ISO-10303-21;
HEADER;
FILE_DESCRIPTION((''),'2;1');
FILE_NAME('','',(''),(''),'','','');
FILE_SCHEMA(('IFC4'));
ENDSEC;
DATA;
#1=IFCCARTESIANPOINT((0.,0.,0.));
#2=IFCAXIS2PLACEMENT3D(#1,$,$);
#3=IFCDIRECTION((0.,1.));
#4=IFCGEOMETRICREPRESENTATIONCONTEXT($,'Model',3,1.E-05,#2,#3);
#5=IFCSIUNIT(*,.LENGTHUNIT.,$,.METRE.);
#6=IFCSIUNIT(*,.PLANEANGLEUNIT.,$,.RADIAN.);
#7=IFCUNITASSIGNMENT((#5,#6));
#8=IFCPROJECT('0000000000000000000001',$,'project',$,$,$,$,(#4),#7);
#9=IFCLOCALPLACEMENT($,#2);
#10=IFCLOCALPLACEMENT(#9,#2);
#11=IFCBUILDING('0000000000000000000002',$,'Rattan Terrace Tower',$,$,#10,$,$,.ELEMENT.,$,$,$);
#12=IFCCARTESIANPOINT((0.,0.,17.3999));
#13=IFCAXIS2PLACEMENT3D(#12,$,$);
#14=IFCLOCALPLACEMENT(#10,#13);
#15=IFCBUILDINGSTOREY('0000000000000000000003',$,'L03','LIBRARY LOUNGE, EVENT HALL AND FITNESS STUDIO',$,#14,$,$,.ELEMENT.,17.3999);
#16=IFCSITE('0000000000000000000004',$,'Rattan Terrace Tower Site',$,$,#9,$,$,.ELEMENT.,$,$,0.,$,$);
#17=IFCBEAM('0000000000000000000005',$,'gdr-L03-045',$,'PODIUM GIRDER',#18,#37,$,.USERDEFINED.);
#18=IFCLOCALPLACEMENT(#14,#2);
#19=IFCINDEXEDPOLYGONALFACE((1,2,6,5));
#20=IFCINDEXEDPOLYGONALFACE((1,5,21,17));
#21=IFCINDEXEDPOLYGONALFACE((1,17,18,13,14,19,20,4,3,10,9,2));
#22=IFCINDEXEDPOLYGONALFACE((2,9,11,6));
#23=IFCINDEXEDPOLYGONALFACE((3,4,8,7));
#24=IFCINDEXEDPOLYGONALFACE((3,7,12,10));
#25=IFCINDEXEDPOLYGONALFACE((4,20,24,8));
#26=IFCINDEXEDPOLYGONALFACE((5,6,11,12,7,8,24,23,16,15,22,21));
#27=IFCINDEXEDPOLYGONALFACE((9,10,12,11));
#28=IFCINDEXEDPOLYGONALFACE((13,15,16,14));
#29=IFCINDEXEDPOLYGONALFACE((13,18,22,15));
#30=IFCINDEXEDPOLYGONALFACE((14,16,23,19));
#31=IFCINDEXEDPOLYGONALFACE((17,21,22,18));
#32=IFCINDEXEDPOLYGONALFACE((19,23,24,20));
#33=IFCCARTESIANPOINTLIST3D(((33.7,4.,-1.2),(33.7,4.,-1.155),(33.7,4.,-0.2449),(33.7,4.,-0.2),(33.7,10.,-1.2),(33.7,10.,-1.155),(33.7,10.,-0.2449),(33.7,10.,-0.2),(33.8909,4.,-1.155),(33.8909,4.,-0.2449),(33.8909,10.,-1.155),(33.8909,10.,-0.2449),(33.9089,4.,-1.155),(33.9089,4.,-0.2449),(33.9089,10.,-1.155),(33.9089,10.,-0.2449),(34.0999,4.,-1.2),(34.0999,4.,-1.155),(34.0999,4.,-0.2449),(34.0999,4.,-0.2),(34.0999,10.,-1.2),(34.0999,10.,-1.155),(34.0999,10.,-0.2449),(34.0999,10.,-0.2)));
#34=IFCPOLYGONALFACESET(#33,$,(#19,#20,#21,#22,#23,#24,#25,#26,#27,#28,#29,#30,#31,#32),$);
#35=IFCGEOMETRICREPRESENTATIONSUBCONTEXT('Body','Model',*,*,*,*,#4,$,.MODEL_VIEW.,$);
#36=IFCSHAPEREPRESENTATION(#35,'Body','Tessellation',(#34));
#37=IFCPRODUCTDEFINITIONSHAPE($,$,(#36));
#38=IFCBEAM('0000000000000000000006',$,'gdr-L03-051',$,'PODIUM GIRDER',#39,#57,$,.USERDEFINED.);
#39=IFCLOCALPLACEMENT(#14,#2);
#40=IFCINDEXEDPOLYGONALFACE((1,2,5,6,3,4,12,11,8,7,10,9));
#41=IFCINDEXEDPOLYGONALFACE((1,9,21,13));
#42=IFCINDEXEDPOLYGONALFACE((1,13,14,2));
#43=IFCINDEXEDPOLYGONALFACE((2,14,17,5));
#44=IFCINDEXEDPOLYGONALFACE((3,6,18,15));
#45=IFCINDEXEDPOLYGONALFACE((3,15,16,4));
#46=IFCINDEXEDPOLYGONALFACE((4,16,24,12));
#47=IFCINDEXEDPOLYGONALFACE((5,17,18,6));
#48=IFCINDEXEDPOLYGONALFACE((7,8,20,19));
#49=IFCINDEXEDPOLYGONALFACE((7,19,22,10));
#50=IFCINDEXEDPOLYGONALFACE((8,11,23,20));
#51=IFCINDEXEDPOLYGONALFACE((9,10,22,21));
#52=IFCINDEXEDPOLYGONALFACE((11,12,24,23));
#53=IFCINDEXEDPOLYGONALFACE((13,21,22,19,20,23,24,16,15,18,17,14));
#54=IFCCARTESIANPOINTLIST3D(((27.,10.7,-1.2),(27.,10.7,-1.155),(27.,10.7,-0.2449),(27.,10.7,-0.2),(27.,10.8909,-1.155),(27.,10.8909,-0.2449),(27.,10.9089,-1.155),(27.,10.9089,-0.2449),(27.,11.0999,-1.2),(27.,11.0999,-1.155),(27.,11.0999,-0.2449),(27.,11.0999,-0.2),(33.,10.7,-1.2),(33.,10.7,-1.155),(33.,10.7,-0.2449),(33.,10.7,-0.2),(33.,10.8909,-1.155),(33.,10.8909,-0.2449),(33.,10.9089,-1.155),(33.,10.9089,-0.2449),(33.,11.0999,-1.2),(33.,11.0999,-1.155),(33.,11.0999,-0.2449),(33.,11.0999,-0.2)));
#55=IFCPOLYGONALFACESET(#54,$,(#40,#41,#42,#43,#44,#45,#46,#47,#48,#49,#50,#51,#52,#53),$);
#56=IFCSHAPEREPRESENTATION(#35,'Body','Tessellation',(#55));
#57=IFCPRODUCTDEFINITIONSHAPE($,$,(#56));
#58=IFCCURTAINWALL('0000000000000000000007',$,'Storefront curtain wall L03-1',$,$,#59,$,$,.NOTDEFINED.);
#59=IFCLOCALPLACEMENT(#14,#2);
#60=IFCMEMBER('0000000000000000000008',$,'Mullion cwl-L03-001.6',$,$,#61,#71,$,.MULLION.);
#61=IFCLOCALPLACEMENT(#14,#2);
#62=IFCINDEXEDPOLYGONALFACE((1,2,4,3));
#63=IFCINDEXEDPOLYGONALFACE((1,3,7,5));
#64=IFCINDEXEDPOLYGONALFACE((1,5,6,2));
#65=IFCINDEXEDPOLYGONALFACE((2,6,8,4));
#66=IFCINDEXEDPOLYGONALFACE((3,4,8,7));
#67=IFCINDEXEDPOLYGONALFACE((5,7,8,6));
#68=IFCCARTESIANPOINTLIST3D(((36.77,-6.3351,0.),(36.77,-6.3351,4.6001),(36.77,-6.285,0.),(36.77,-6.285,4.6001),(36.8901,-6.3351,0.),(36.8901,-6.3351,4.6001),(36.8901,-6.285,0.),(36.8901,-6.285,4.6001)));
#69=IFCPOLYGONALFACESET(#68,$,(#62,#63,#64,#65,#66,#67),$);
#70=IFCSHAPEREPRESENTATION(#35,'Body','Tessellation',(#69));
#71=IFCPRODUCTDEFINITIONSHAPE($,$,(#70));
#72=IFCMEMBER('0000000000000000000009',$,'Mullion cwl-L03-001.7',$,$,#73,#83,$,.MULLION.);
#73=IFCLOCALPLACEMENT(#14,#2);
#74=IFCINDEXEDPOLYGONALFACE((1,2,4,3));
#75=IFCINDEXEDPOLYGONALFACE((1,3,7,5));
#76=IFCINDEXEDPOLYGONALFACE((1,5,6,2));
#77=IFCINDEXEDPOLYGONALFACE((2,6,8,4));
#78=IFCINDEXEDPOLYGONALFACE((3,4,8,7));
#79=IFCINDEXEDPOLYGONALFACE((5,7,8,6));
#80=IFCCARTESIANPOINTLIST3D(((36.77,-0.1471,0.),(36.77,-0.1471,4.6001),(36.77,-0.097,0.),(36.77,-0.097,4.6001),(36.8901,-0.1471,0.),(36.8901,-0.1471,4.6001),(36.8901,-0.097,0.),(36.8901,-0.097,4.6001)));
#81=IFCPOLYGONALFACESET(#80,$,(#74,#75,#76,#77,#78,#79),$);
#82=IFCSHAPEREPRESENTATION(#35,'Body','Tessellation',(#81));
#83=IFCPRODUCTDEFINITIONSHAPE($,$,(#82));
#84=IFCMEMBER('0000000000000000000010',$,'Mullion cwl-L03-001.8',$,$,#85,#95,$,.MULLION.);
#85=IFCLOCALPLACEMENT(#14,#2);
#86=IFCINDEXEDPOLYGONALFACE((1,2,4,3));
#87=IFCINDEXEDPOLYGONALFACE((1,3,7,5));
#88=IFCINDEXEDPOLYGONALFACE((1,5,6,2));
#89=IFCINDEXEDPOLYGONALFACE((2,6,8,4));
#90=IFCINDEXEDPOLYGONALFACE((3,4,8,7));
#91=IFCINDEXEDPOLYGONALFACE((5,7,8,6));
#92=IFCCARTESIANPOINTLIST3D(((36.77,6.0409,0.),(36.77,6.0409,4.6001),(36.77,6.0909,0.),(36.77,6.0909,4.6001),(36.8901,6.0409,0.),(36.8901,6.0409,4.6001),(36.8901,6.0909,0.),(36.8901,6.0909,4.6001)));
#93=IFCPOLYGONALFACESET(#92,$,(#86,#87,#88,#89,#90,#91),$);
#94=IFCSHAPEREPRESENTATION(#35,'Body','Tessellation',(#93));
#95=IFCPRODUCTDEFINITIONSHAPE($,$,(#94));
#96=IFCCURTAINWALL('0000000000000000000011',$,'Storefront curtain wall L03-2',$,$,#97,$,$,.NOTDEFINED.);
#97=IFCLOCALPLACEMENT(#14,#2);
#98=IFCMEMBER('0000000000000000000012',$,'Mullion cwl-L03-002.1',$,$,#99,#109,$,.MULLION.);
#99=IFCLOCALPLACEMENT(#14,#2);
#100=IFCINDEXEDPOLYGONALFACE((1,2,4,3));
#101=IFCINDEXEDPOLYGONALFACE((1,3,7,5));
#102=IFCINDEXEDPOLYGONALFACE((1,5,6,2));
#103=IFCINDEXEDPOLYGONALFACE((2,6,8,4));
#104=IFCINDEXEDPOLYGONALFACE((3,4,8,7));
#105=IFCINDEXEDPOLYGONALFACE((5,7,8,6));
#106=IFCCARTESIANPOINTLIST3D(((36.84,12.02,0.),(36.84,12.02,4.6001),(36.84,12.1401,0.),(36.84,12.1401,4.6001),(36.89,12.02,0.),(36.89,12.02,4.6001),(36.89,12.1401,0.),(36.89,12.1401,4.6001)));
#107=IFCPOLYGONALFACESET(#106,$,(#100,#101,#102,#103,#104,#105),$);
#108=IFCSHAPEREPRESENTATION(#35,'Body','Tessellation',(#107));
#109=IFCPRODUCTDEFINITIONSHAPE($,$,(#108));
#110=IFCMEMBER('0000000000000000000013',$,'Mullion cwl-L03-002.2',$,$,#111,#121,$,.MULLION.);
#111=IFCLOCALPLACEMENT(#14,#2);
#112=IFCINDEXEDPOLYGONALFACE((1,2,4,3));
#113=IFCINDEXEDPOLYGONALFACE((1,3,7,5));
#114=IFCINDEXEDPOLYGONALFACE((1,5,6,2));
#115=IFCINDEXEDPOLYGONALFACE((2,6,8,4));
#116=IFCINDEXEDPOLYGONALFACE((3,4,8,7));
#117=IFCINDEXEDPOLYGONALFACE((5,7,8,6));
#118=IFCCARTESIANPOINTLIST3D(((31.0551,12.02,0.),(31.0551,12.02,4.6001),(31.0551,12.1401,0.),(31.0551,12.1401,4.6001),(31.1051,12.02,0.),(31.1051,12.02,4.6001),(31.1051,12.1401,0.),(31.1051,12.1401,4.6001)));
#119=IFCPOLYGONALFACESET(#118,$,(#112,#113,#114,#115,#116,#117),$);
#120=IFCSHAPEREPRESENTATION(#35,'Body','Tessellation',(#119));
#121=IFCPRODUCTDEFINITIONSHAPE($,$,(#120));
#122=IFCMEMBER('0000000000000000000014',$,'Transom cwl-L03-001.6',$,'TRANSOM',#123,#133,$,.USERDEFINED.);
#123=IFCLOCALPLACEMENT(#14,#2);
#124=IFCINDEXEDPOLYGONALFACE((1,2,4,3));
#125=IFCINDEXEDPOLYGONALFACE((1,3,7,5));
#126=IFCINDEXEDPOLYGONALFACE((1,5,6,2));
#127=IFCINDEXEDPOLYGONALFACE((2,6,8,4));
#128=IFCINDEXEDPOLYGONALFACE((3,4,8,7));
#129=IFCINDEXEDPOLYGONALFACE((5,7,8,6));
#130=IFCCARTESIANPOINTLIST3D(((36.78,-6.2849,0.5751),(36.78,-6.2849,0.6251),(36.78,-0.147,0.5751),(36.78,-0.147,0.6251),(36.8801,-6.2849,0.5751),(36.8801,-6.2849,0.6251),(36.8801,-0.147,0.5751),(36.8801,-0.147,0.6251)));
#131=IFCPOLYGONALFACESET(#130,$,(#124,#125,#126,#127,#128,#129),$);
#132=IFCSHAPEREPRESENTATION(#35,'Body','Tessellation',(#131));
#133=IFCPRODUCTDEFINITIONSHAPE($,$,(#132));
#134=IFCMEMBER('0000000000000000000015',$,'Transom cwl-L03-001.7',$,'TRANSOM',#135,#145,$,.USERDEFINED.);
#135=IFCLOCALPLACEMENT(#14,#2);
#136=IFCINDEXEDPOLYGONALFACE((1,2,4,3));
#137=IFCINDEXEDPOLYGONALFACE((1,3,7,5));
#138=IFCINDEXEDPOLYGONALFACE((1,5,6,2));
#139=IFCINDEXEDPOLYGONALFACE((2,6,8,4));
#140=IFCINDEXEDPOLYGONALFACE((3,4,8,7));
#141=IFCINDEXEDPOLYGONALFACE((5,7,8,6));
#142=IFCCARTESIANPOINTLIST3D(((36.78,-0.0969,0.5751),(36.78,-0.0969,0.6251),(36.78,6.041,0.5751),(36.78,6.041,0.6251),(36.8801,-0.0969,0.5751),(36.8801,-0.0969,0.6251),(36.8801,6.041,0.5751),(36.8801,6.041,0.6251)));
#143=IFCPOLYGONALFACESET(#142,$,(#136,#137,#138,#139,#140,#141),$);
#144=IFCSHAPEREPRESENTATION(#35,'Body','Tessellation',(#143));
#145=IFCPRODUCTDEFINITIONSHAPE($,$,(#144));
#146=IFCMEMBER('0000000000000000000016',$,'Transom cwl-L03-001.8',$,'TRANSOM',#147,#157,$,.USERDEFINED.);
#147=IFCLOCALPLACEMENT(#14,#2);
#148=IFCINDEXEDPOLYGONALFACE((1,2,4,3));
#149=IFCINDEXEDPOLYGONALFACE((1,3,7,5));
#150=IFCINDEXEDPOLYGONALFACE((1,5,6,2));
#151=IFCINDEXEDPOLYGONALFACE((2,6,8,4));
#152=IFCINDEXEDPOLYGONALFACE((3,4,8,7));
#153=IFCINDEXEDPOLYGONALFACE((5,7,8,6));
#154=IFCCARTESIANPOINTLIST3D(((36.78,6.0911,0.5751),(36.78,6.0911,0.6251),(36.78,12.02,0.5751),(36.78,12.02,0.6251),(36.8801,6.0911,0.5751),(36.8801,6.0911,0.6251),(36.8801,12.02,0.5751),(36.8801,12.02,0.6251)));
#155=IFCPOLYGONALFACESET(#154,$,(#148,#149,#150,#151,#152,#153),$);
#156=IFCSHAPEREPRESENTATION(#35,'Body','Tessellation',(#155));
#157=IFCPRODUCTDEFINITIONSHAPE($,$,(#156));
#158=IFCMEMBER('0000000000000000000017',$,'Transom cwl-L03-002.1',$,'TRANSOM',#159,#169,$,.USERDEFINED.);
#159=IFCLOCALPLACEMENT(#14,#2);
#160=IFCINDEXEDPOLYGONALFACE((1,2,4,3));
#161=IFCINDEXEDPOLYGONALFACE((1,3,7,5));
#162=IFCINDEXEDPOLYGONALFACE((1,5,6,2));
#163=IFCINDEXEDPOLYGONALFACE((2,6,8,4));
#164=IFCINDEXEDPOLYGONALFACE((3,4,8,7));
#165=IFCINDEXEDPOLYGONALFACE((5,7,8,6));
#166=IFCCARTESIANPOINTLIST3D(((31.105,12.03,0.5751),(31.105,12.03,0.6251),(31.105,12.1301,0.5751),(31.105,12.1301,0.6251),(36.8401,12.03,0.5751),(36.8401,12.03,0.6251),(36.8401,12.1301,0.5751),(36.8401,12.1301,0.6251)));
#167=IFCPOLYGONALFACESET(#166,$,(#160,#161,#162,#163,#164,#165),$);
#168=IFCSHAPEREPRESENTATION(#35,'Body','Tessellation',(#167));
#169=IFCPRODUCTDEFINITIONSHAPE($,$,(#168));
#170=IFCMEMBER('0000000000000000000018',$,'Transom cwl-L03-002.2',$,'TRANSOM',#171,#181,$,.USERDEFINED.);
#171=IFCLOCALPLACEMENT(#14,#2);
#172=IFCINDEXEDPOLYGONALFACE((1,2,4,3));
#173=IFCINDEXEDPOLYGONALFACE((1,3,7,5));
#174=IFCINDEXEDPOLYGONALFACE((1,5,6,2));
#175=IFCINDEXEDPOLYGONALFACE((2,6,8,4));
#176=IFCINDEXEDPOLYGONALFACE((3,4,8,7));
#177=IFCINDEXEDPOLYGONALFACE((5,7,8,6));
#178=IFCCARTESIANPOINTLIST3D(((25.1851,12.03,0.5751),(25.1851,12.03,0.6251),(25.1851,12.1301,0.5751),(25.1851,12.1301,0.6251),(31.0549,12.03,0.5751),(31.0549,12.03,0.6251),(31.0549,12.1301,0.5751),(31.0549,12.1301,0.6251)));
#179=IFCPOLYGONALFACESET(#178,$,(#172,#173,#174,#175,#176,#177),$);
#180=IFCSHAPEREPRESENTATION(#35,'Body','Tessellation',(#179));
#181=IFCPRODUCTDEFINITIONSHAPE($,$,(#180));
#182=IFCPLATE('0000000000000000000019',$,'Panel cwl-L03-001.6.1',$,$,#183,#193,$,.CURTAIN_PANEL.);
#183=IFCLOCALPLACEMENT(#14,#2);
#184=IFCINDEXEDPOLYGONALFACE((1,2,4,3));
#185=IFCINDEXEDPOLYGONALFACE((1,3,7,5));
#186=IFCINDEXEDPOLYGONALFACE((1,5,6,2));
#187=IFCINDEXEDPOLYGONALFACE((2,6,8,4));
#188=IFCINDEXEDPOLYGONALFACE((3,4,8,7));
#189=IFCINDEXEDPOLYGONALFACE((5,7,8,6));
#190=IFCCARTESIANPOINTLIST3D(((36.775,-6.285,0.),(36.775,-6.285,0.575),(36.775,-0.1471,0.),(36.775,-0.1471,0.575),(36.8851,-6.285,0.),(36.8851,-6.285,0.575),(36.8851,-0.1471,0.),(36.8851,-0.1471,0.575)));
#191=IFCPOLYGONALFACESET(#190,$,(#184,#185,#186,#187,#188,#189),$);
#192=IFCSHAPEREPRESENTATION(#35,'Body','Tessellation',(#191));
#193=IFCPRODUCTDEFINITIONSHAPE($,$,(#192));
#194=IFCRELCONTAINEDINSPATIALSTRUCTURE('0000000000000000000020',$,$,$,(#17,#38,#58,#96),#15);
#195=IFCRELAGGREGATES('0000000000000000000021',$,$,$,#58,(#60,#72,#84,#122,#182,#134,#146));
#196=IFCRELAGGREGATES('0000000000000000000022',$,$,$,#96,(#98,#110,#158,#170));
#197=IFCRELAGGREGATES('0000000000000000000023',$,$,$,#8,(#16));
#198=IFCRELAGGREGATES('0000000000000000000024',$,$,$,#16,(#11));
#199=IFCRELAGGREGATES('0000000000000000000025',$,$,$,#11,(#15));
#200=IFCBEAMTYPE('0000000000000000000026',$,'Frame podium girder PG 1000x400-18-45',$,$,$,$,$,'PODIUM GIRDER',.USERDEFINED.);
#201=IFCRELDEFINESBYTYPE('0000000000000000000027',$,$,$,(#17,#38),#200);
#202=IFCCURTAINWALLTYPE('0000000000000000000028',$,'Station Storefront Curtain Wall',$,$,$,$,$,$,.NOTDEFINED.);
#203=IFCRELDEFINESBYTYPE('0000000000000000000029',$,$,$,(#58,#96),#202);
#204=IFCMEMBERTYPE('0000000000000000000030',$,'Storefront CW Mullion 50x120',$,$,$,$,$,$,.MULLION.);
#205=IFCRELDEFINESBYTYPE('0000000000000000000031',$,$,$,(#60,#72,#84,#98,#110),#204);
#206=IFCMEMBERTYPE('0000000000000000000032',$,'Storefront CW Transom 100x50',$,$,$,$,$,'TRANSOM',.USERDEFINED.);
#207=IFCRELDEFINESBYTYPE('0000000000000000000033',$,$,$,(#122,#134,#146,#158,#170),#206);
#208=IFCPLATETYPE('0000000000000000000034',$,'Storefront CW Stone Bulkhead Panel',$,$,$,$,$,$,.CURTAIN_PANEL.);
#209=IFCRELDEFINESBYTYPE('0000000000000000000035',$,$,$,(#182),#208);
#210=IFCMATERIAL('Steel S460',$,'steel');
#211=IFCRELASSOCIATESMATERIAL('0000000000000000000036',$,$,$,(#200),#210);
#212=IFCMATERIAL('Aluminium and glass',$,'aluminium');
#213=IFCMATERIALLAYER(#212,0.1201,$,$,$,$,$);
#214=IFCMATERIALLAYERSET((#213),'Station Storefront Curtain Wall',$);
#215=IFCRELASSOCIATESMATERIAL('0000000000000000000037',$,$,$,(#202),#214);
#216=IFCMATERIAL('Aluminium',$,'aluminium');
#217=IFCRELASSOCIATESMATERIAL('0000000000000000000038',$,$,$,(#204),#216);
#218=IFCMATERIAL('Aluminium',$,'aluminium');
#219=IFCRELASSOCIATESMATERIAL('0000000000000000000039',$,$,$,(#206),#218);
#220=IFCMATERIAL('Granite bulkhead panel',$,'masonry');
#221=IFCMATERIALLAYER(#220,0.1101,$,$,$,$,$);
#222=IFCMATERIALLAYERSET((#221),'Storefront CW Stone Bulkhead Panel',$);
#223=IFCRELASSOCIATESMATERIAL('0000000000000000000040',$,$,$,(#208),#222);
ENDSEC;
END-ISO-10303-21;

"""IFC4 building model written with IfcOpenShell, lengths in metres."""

from ifc_helpers import new_model, si_unit, direction, frame, origin, origin_2d, place, context, subcontext, project, spatial, rectangle, i_section, extrude, material, layer, layer_set, material_profile, profile_set, type_object, element, aggregate, save


model = new_model("IFC4")

# Units and contexts
model_context = context("Model", 3, precision=1e-05, world=origin(), true_north=direction((0.0, 1.0)))
body_context = subcontext(model_context, "Body", "Model", "MODEL_VIEW")
ifc_project = project(units=[si_unit("LENGTHUNIT", "METRE"), si_unit("PLANEANGLEUNIT", "RADIAN")], contexts=[model_context])

# Site, building, storey
site_placement = place(None, origin())
site = spatial("IfcSite", under=ifc_project, at=site_placement, Name="Rattan Terrace Tower Site", CompositionType="ELEMENT", RefElevation=0.0)
building_placement = place(site_placement, origin())
building = spatial("IfcBuilding", under=site, at=building_placement, Name="Rattan Terrace Tower", CompositionType="ELEMENT")
storey_placement = place(building_placement, frame((0.0, 0.0, 17.3999)))
storey = spatial("IfcBuildingStorey", under=building, at=storey_placement, Name="L03", Description="LIBRARY LOUNGE, EVENT HALL AND FITNESS STUDIO", CompositionType="ELEMENT", Elevation=17.3999)

# Beams
ifc_material_1 = material(Name="Steel S460", Category="steel")
ifc_material_profile_1 = material_profile(ifc_material_1, i_section(OverallWidth=0.3999, OverallDepth=1.0, WebThickness=0.0181, FlangeThickness=0.0449, at=origin_2d()), Name="PG 1000x400-18-45")
ifc_profile_set_1 = profile_set([ifc_material_profile_1], Name="Steel S460")
beam_type_1 = type_object("IfcBeamType", Name="Frame podium girder PG 1000x400-18-45", ElementType="PODIUM GIRDER", PredefinedType="USERDEFINED", material=ifc_profile_set_1)
for number, where, z_axis, x_axis, name in (
    (1, (33.8999, 4.0, -0.7), (0.0, 1.0, 0.0), (-1.0, 0.0, 0.0), "gdr-L03-045"),
    (2, (27.0, 10.8999, -0.7), (1.0, 0.0, 0.0), (0.0, 1.0, 0.0), "gdr-L03-051"),
):
    element("IfcBeam", number, at=place(storey_placement, frame(where, z_axis=z_axis, x_axis=x_axis)), inside=storey, type_object=beam_type_1, Name=name, ObjectType="PODIUM GIRDER", PredefinedType="USERDEFINED", context=body_context, shape_type="SweptSolid", body=[
        extrude(i_section(OverallWidth=0.3999, OverallDepth=1.0, WebThickness=0.0181, FlangeThickness=0.0449, at=origin_2d()), origin(), (0.0, 0.0, 1.0), 6.0),
    ])

# Curtain walls, members
ifc_material_2 = material(Name="Aluminium and glass", Category="aluminium")
ifc_layer_1 = layer(ifc_material_2, 0.1201)
ifc_layer_set_1 = layer_set([ifc_layer_1], Name="Station Storefront Curtain Wall")
curtain_wall_type = type_object("IfcCurtainWallType", Name="Station Storefront Curtain Wall", PredefinedType="NOTDEFINED", material=ifc_layer_set_1)
curtain_wall_1_placement = place(storey_placement, origin())
curtain_wall_1 = element("IfcCurtainWall", 3, at=curtain_wall_1_placement, inside=storey, type_object=curtain_wall_type, Name="Storefront curtain wall L03-1", PredefinedType="NOTDEFINED")
ifc_material_3 = material(Name="Aluminium", Category="aluminium")
ifc_material_profile_2 = material_profile(ifc_material_3, rectangle(XDim=0.05, YDim=0.1201, at=origin_2d()), Name="Aluminium 50x120")
ifc_profile_set_2 = profile_set([ifc_material_profile_2], Name="Aluminium")
member_type_1 = type_object("IfcMemberType", Name="Storefront CW Mullion 50x120", PredefinedType="MULLION", material=ifc_profile_set_2)
member_1_placement = place(storey_placement, frame((36.8301, -6.3101, 0.0), z_axis=(0.0, 0.0, 1.0), x_axis=(0.0, 1.0, 0.0)))
member_1 = element("IfcMember", 4, at=member_1_placement, type_object=member_type_1, Name="Mullion cwl-L03-001.6", PredefinedType="MULLION", context=body_context, shape_type="SweptSolid", body=[
    extrude(rectangle(XDim=0.05, YDim=0.1201, at=origin_2d()), origin(), (0.0, 0.0, 1.0), 4.6001),
])
member_2_placement = place(storey_placement, frame((36.8301, -0.1221, 0.0), z_axis=(0.0, 0.0, 1.0), x_axis=(0.0, 1.0, 0.0)))
member_2 = element("IfcMember", 5, at=member_2_placement, type_object=member_type_1, Name="Mullion cwl-L03-001.7", PredefinedType="MULLION", context=body_context, shape_type="SweptSolid", body=[
    extrude(rectangle(XDim=0.05, YDim=0.1201, at=origin_2d()), origin(), (0.0, 0.0, 1.0), 4.6001),
])
member_3_placement = place(storey_placement, frame((36.8301, 6.0659, 0.0), z_axis=(0.0, 0.0, 1.0), x_axis=(0.0, 1.0, 0.0)))
member_3 = element("IfcMember", 6, at=member_3_placement, type_object=member_type_1, Name="Mullion cwl-L03-001.8", PredefinedType="MULLION", context=body_context, shape_type="SweptSolid", body=[
    extrude(rectangle(XDim=0.05, YDim=0.1201, at=origin_2d()), origin(), (0.0, 0.0, 1.0), 4.6001),
])
curtain_wall_2_placement = place(storey_placement, origin())
curtain_wall_2 = element("IfcCurtainWall", 7, at=curtain_wall_2_placement, inside=storey, type_object=curtain_wall_type, Name="Storefront curtain wall L03-2", PredefinedType="NOTDEFINED")
member_4_placement = place(storey_placement, frame((36.865, 12.0801, 0.0), z_axis=(0.0, 0.0, 1.0), x_axis=(-1.0, 0.0, 0.0)))
member_4 = element("IfcMember", 8, at=member_4_placement, type_object=member_type_1, Name="Mullion cwl-L03-002.1", PredefinedType="MULLION", context=body_context, shape_type="SweptSolid", body=[
    extrude(rectangle(XDim=0.05, YDim=0.1201, at=origin_2d()), origin(), (0.0, 0.0, 1.0), 4.6001),
])
member_5_placement = place(storey_placement, frame((31.0801, 12.0801, 0.0), z_axis=(0.0, 0.0, 1.0), x_axis=(-1.0, 0.0, 0.0)))
member_5 = element("IfcMember", 9, at=member_5_placement, type_object=member_type_1, Name="Mullion cwl-L03-002.2", PredefinedType="MULLION", context=body_context, shape_type="SweptSolid", body=[
    extrude(rectangle(XDim=0.05, YDim=0.1201, at=origin_2d()), origin(), (0.0, 0.0, 1.0), 4.6001),
])

# Members
ifc_material_4 = material(Name="Aluminium", Category="aluminium")
ifc_material_profile_3 = material_profile(ifc_material_4, rectangle(XDim=0.1001, YDim=0.05, at=origin_2d()), Name="Aluminium 100x50")
ifc_profile_set_3 = profile_set([ifc_material_profile_3], Name="Aluminium")
member_type_2 = type_object("IfcMemberType", Name="Storefront CW Transom 100x50", ElementType="TRANSOM", PredefinedType="USERDEFINED", material=ifc_profile_set_3)
member_6_placement = place(storey_placement, frame((36.8301, -6.2849, 0.6001), z_axis=(0.0, 1.0, 0.0), x_axis=(-1.0, 0.0, 0.0)))
member_6 = element("IfcMember", 10, at=member_6_placement, type_object=member_type_2, Name="Transom cwl-L03-001.6", ObjectType="TRANSOM", PredefinedType="USERDEFINED", context=body_context, shape_type="SweptSolid", body=[
    extrude(rectangle(XDim=0.1001, YDim=0.05, at=origin_2d()), origin(), (0.0, 0.0, 1.0), 6.1379),
])
member_7_placement = place(storey_placement, frame((36.8301, -0.0969, 0.6001), z_axis=(0.0, 1.0, 0.0), x_axis=(-1.0, 0.0, 0.0)))
member_7 = element("IfcMember", 11, at=member_7_placement, type_object=member_type_2, Name="Transom cwl-L03-001.7", ObjectType="TRANSOM", PredefinedType="USERDEFINED", context=body_context, shape_type="SweptSolid", body=[
    extrude(rectangle(XDim=0.1001, YDim=0.05, at=origin_2d()), origin(), (0.0, 0.0, 1.0), 6.1379),
])
member_8_placement = place(storey_placement, frame((36.8301, 6.0911, 0.6001), z_axis=(0.0, 1.0, 0.0), x_axis=(-1.0, 0.0, 0.0)))
member_8 = element("IfcMember", 12, at=member_8_placement, type_object=member_type_2, Name="Transom cwl-L03-001.8", ObjectType="TRANSOM", PredefinedType="USERDEFINED", context=body_context, shape_type="SweptSolid", body=[
    extrude(rectangle(XDim=0.1001, YDim=0.05, at=origin_2d()), origin(), (0.0, 0.0, 1.0), 5.929),
])
member_9_placement = place(storey_placement, frame((36.8401, 12.0801, 0.6001), z_axis=(-1.0, 0.0, 0.0), x_axis=(0.0, -1.0, 0.0)))
member_9 = element("IfcMember", 13, at=member_9_placement, type_object=member_type_2, Name="Transom cwl-L03-002.1", ObjectType="TRANSOM", PredefinedType="USERDEFINED", context=body_context, shape_type="SweptSolid", body=[
    extrude(rectangle(XDim=0.1001, YDim=0.05, at=origin_2d()), origin(), (0.0, 0.0, 1.0), 5.7351),
])
member_10_placement = place(storey_placement, frame((31.0549, 12.0801, 0.6001), z_axis=(-1.0, 0.0, 0.0), x_axis=(0.0, -1.0, 0.0)))
member_10 = element("IfcMember", 14, at=member_10_placement, type_object=member_type_2, Name="Transom cwl-L03-002.2", ObjectType="TRANSOM", PredefinedType="USERDEFINED", context=body_context, shape_type="SweptSolid", body=[
    extrude(rectangle(XDim=0.1001, YDim=0.05, at=origin_2d()), origin(), (0.0, 0.0, 1.0), 5.8699),
])

# Plate
ifc_material_5 = material(Name="Granite bulkhead panel", Category="masonry")
ifc_layer_2 = layer(ifc_material_5, 0.1101)
ifc_layer_set_2 = layer_set([ifc_layer_2], Name="Storefront CW Stone Bulkhead Panel")
plate_type_1 = type_object("IfcPlateType", Name="Storefront CW Stone Bulkhead Panel", PredefinedType="CURTAIN_PANEL", material=ifc_layer_set_2)
plate_1_placement = place(storey_placement, frame((36.8301, -3.2161, 0.0), z_axis=(0.0, 0.0, 1.0), x_axis=(0.0, 1.0, 0.0)))
plate_1 = element("IfcPlate", 15, at=plate_1_placement, type_object=plate_type_1, Name="Panel cwl-L03-001.6.1", PredefinedType="CURTAIN_PANEL", context=body_context, shape_type="SweptSolid", body=[
    extrude(rectangle(XDim=6.1379, YDim=0.1101, at=origin_2d()), origin(), (0.0, 0.0, 1.0), 0.575),
])
aggregate(curtain_wall_1, [member_1, member_2, member_3, member_6, plate_1, member_7, member_8])
aggregate(curtain_wall_2, [member_4, member_5, member_9, member_10])

save(model, "model.ifc")
